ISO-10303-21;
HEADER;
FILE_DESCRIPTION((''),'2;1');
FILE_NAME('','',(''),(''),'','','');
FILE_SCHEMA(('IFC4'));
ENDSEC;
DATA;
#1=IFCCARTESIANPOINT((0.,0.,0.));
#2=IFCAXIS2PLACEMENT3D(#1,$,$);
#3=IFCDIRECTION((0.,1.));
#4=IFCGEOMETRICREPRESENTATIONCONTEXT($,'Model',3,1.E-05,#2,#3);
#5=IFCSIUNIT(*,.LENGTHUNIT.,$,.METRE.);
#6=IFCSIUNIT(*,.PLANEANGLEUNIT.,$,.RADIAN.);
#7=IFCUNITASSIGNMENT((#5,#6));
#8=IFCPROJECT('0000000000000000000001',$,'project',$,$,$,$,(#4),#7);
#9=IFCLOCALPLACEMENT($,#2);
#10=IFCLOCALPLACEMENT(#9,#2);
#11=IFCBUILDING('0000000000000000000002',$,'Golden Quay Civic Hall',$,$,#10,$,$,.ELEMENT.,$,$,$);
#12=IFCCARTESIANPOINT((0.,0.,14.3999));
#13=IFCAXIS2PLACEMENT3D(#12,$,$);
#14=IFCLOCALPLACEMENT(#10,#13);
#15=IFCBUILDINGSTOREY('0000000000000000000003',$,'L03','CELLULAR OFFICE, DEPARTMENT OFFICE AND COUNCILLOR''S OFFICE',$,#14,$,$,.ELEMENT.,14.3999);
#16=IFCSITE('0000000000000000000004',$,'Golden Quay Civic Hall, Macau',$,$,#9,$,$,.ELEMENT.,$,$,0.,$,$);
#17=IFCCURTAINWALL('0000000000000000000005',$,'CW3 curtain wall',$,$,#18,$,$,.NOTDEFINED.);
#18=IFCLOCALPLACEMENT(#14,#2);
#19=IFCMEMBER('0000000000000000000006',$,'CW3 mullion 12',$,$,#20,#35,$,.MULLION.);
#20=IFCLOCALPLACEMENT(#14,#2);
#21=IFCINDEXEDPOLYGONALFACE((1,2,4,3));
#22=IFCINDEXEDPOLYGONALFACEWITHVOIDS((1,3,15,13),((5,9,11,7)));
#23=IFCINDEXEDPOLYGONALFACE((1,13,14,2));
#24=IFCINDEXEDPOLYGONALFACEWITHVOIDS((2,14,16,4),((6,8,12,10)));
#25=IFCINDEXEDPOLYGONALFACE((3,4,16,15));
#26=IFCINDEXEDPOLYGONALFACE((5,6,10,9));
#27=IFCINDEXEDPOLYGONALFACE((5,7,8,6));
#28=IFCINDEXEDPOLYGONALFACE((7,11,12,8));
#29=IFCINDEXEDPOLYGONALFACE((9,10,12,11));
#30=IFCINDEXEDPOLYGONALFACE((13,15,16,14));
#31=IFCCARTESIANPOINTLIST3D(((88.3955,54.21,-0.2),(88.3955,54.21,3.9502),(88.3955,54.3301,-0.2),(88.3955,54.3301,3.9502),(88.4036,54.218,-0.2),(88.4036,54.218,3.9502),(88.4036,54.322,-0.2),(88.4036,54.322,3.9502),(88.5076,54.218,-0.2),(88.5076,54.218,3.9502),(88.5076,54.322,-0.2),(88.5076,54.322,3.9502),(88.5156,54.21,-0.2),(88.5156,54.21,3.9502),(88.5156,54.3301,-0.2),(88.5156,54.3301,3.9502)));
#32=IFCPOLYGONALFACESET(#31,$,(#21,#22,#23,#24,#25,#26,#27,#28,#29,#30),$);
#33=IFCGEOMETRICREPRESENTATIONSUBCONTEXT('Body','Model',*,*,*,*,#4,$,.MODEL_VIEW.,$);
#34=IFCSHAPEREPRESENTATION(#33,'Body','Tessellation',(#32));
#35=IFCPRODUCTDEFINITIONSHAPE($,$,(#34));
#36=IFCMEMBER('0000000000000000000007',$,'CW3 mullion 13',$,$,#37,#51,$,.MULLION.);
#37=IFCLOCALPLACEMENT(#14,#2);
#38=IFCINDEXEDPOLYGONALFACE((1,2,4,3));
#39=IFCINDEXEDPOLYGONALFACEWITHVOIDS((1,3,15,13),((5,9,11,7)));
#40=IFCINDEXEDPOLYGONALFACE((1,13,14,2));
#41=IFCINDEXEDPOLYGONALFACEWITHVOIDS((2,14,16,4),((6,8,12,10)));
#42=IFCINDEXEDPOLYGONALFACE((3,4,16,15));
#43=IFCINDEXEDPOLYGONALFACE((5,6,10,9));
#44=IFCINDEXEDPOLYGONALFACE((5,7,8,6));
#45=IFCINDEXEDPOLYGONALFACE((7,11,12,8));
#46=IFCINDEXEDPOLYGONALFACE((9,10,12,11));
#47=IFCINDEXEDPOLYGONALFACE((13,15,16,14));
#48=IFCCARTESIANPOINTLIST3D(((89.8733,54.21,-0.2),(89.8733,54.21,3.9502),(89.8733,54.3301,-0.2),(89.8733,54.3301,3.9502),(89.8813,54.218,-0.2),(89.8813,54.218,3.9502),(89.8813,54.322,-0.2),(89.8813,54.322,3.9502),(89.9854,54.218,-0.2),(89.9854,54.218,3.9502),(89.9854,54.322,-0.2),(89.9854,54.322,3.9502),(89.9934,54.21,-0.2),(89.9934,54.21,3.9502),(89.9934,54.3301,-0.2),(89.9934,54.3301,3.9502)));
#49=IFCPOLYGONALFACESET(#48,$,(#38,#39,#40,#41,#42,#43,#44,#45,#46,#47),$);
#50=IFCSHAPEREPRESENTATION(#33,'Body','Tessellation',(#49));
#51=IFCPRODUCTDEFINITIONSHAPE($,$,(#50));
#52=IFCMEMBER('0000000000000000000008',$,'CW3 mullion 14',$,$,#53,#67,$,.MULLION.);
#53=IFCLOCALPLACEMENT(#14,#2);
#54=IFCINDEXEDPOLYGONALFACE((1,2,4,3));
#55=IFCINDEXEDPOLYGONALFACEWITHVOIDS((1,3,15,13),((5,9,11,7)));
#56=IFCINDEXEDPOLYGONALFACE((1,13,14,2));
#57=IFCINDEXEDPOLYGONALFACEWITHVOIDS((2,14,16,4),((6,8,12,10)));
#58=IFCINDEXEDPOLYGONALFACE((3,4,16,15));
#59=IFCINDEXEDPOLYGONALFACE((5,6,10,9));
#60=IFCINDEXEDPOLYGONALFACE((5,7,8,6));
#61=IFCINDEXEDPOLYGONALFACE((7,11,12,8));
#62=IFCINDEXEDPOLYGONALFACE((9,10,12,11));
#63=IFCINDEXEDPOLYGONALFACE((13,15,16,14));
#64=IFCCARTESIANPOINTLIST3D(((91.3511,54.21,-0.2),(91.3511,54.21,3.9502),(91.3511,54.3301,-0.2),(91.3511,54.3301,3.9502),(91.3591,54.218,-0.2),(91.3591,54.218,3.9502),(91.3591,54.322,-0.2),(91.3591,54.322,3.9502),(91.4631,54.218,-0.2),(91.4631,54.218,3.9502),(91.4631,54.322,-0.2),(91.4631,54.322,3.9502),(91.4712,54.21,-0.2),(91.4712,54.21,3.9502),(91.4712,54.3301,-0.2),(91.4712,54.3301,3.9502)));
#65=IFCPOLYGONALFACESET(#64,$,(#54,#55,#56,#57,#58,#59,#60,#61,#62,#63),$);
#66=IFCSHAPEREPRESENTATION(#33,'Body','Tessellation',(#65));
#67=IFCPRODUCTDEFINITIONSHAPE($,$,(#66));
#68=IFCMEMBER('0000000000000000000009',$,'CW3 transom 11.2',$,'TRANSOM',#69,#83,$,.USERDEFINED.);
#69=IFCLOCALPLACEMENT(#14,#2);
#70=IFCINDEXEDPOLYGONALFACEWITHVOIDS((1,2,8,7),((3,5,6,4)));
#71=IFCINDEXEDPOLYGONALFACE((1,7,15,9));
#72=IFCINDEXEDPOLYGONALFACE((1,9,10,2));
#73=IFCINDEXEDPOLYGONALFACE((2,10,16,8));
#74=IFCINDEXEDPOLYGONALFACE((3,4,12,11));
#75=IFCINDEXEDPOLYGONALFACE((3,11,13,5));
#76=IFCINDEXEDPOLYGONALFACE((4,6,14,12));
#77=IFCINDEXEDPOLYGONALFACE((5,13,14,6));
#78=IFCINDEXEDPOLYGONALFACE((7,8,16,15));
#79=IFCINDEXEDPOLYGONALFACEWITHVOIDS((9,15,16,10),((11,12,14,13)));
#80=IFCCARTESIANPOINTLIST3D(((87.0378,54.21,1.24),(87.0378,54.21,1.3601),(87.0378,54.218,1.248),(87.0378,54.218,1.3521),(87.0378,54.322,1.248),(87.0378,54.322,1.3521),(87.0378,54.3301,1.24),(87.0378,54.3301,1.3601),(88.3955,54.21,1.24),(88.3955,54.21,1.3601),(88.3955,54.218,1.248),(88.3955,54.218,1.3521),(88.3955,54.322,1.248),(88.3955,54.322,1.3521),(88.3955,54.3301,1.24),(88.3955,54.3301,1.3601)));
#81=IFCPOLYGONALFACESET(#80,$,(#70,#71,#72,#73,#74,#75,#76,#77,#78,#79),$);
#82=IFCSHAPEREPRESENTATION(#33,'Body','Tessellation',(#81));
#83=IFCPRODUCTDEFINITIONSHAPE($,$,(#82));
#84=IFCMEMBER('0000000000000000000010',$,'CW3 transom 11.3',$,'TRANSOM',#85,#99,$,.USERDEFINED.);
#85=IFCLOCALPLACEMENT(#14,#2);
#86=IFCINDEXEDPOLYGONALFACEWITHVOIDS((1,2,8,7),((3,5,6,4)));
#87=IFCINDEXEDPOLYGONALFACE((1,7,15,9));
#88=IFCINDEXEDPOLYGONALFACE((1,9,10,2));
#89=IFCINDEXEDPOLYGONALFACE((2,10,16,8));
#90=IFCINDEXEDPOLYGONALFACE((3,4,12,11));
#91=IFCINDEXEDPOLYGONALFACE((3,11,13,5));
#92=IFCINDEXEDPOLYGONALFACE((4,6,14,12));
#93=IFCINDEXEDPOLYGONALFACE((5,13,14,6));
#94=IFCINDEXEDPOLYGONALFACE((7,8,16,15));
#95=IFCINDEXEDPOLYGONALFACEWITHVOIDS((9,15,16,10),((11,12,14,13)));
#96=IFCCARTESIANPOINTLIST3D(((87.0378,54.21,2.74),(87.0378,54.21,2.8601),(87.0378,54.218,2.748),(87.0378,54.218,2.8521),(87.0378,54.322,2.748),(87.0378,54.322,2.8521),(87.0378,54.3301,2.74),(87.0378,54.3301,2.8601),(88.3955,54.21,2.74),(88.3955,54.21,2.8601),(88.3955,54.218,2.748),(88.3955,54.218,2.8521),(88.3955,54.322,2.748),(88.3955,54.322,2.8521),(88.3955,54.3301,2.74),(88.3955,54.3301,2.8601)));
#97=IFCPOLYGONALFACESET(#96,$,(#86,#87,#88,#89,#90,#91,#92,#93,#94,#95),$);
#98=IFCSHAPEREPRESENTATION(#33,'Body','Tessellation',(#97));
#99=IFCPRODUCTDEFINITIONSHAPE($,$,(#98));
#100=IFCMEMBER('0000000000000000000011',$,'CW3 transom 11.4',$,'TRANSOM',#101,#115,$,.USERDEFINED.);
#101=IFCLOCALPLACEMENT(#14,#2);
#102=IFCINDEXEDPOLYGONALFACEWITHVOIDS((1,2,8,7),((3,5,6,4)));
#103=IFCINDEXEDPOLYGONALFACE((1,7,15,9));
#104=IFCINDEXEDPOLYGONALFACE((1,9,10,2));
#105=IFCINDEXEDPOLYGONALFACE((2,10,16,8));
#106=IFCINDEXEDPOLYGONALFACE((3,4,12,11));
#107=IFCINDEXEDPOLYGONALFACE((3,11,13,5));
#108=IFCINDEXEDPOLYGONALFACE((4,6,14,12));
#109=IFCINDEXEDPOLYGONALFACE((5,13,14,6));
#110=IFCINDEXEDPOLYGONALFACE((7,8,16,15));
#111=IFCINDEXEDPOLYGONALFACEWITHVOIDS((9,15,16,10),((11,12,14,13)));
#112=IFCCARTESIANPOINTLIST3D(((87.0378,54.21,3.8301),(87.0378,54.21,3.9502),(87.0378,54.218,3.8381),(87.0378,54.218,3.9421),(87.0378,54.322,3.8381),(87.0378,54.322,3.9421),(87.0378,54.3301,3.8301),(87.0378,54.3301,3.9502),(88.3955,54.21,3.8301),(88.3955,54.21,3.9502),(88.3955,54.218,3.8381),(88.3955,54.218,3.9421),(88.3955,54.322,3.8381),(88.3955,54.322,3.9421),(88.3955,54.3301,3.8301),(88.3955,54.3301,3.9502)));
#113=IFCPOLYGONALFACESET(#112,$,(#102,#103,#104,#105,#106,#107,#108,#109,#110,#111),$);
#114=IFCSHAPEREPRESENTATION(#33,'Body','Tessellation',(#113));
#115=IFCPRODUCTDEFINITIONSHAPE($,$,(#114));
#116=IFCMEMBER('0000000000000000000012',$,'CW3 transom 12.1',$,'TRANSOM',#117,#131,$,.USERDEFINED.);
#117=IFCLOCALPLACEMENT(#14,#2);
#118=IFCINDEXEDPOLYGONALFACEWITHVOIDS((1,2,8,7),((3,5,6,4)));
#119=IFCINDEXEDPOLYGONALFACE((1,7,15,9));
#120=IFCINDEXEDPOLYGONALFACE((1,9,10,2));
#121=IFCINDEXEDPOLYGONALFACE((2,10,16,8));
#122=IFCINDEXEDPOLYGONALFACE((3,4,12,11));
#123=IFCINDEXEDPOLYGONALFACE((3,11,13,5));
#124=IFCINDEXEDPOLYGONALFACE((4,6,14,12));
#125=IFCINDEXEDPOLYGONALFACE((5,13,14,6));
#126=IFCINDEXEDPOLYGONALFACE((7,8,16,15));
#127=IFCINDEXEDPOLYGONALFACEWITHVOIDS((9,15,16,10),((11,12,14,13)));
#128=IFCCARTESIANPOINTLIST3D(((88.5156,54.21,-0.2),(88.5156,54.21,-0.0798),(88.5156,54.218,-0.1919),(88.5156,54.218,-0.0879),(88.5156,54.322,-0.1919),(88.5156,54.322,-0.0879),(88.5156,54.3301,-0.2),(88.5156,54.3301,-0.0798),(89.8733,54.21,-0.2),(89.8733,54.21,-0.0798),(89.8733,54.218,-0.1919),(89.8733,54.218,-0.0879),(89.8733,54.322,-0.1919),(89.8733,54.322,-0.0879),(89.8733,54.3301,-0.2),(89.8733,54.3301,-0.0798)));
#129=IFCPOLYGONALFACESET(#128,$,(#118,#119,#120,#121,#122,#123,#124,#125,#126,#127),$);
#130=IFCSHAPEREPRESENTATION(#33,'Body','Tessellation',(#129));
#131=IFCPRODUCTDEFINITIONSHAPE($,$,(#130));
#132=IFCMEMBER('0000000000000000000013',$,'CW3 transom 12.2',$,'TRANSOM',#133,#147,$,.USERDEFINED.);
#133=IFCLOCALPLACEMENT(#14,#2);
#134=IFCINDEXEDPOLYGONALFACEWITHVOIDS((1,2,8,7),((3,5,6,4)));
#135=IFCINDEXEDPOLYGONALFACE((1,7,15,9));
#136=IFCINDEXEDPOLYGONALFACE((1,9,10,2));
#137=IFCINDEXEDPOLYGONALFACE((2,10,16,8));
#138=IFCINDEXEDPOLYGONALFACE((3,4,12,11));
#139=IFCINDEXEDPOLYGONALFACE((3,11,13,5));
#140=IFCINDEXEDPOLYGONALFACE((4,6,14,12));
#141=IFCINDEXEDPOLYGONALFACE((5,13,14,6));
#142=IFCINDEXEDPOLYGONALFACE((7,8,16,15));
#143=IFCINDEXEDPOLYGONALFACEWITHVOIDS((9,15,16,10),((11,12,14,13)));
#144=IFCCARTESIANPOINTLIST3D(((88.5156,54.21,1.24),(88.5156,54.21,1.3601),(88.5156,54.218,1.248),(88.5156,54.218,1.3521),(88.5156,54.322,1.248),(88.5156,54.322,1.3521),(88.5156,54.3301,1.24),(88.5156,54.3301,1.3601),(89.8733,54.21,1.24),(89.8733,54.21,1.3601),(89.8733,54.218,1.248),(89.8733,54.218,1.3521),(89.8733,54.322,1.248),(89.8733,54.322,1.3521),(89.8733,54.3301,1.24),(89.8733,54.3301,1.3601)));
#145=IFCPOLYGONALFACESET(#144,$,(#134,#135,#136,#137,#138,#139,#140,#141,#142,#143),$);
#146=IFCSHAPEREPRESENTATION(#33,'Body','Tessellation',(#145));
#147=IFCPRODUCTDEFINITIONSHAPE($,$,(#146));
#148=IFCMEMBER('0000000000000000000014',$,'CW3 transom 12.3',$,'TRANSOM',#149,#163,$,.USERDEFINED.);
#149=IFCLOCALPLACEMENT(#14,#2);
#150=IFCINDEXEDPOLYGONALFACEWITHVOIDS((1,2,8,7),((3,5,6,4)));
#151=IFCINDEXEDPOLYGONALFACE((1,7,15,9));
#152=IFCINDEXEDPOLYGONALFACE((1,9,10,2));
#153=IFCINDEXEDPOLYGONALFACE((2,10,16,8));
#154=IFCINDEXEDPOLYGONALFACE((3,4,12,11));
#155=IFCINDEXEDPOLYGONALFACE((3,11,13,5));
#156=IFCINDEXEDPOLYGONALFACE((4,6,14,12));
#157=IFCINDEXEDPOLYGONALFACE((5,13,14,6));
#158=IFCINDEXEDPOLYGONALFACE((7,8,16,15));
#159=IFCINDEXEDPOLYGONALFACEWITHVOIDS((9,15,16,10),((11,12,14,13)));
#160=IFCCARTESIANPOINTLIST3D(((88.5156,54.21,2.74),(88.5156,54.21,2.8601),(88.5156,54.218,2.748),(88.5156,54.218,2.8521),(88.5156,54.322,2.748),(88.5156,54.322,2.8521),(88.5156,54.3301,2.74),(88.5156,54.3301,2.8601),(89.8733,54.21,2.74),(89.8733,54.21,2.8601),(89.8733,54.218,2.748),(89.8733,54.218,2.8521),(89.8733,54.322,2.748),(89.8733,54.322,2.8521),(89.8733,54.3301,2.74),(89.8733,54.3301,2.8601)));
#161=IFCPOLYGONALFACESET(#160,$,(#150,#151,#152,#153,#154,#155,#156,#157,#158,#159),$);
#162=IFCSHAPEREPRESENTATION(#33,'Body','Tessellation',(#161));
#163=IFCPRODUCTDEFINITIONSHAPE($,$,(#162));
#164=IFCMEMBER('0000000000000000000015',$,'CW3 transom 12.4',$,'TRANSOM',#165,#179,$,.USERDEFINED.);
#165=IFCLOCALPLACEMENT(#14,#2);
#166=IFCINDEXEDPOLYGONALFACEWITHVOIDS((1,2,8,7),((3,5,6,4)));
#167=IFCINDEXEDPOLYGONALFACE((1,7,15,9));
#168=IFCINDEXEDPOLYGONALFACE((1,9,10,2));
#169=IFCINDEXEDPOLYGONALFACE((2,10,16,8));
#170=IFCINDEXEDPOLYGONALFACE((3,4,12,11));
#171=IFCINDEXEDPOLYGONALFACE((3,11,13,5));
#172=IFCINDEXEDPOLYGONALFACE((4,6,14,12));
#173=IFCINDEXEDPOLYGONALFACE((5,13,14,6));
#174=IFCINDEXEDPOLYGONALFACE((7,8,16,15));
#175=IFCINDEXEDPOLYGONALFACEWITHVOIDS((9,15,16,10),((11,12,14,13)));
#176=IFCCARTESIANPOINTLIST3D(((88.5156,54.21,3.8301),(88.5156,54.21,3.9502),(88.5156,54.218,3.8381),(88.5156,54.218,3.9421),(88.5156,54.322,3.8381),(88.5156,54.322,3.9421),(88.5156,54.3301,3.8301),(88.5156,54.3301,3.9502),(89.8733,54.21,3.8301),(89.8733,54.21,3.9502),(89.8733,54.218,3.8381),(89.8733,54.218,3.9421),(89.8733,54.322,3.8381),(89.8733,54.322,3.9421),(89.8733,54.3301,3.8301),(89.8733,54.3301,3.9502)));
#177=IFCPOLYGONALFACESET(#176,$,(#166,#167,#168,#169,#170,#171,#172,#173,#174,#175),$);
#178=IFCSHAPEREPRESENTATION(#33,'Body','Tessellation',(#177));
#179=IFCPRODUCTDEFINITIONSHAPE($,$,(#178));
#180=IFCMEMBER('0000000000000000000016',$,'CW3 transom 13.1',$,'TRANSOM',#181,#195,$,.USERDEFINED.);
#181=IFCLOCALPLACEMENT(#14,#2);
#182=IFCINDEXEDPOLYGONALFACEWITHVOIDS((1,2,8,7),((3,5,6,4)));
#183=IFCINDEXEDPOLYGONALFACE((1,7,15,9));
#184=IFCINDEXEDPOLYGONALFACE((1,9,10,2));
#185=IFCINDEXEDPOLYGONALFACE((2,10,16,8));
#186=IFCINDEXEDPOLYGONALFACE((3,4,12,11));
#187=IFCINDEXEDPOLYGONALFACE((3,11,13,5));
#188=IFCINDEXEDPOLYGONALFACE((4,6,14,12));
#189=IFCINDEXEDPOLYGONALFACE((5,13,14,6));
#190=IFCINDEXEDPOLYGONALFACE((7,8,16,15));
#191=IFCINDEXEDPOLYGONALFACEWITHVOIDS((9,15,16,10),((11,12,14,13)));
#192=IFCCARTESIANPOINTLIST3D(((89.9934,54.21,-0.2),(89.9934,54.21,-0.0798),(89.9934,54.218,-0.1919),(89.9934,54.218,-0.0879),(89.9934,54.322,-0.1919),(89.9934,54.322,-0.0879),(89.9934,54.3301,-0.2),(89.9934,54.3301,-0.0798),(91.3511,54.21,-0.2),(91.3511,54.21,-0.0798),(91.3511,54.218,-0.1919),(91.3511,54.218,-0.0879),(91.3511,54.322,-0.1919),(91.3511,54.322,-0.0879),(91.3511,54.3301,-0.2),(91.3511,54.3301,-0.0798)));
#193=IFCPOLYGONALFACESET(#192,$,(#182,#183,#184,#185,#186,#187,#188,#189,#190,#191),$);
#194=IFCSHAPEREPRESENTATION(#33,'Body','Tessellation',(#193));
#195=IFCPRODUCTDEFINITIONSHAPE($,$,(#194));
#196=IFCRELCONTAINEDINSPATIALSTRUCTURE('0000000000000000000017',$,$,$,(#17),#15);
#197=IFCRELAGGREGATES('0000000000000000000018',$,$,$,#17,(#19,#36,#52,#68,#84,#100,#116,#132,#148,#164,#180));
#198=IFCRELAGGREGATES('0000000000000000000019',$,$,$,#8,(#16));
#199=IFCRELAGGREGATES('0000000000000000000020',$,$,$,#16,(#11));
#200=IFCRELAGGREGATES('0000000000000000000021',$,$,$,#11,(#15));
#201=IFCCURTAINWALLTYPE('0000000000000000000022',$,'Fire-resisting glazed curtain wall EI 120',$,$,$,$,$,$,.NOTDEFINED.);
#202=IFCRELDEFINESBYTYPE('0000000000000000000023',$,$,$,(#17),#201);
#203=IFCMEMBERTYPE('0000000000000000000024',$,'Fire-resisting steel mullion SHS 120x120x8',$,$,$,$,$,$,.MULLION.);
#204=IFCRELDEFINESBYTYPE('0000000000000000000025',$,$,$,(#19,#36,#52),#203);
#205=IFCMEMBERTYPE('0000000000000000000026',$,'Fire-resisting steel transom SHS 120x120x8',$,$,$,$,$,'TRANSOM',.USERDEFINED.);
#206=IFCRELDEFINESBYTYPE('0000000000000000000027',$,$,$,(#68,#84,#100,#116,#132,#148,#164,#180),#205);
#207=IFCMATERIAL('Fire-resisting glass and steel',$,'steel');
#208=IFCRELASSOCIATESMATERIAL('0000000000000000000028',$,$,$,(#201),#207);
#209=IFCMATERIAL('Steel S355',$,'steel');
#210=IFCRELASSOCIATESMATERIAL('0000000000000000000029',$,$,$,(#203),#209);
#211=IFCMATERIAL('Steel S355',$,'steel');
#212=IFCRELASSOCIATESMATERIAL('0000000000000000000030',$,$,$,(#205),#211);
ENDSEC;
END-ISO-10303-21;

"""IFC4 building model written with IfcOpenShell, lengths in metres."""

from ifc_helpers import new_model, si_unit, direction, frame, origin, origin_2d, place, context, subcontext, project, spatial, hollow_rectangle, extrude, material, material_profile, profile_set, type_object, element, aggregate, save


model = new_model("IFC4")

# Units and contexts
model_context = context("Model", 3, precision=1e-05, world=origin(), true_north=direction((0.0, 1.0)))
body_context = subcontext(model_context, "Body", "Model", "MODEL_VIEW")
ifc_project = project(units=[si_unit("LENGTHUNIT", "METRE"), si_unit("PLANEANGLEUNIT", "RADIAN")], contexts=[model_context])

# Site, building, storey
site_placement = place(None, origin())
site = spatial("IfcSite", under=ifc_project, at=site_placement, Name="Golden Quay Civic Hall, Macau", CompositionType="ELEMENT", RefElevation=0.0)
building_placement = place(site_placement, origin())
building = spatial("IfcBuilding", under=site, at=building_placement, Name="Golden Quay Civic Hall", CompositionType="ELEMENT")
storey_placement = place(building_placement, frame((0.0, 0.0, 14.3999)))
storey = spatial("IfcBuildingStorey", under=building, at=storey_placement, Name="L03", Description="CELLULAR OFFICE, DEPARTMENT OFFICE AND COUNCILLOR'S OFFICE", CompositionType="ELEMENT", Elevation=14.3999)

# Curtain wall, members
ifc_material_1 = material(Name="Fire-resisting glass and steel", Category="steel")
curtain_wall_type = type_object("IfcCurtainWallType", Name="Fire-resisting glazed curtain wall EI 120", PredefinedType="NOTDEFINED", material=ifc_material_1)
curtain_wall_placement = place(storey_placement, origin())
curtain_wall = element("IfcCurtainWall", 1, at=curtain_wall_placement, inside=storey, type_object=curtain_wall_type, Name="CW3 curtain wall", PredefinedType="NOTDEFINED")
ifc_material_2 = material(Name="Steel S355", Category="steel")
ifc_material_profile_1 = material_profile(ifc_material_2, hollow_rectangle(XDim=0.1201, YDim=0.1201, WallThickness=0.0081, at=origin_2d()), Name="SHS 120x120x8")
ifc_profile_set_1 = profile_set([ifc_material_profile_1], Name="Steel S355")
member_type_1 = type_object("IfcMemberType", Name="Fire-resisting steel mullion SHS 120x120x8", PredefinedType="MULLION", material=ifc_profile_set_1)
member_1_placement = place(storey_placement, frame((88.4556, 54.27, -0.2), z_axis=(0.0, 0.0, 1.0), x_axis=(0.0, 1.0, 0.0)))
member_1 = element("IfcMember", 2, at=member_1_placement, type_object=member_type_1, Name="CW3 mullion 12", PredefinedType="MULLION", context=body_context, shape_type="SweptSolid", body=[
    extrude(hollow_rectangle(XDim=0.1201, YDim=0.1201, WallThickness=0.0081, at=origin_2d()), origin(), (0.0, 0.0, 1.0), 4.1501),
])
member_2_placement = place(storey_placement, frame((89.9333, 54.27, -0.2), z_axis=(0.0, 0.0, 1.0), x_axis=(0.0, 1.0, 0.0)))
member_2 = element("IfcMember", 3, at=member_2_placement, type_object=member_type_1, Name="CW3 mullion 13", PredefinedType="MULLION", context=body_context, shape_type="SweptSolid", body=[
    extrude(hollow_rectangle(XDim=0.1201, YDim=0.1201, WallThickness=0.0081, at=origin_2d()), origin(), (0.0, 0.0, 1.0), 4.1501),
])
member_3_placement = place(storey_placement, frame((91.4111, 54.27, -0.2), z_axis=(0.0, 0.0, 1.0), x_axis=(0.0, 1.0, 0.0)))
member_3 = element("IfcMember", 4, at=member_3_placement, type_object=member_type_1, Name="CW3 mullion 14", PredefinedType="MULLION", context=body_context, shape_type="SweptSolid", body=[
    extrude(hollow_rectangle(XDim=0.1201, YDim=0.1201, WallThickness=0.0081, at=origin_2d()), origin(), (0.0, 0.0, 1.0), 4.1501),
])
ifc_material_3 = material(Name="Steel S355", Category="steel")
ifc_material_profile_2 = material_profile(ifc_material_3, hollow_rectangle(XDim=0.1201, YDim=0.1201, WallThickness=0.0081, at=origin_2d()), Name="SHS 120x120x8")
ifc_profile_set_2 = profile_set([ifc_material_profile_2], Name="Steel S355")
member_type_2 = type_object("IfcMemberType", Name="Fire-resisting steel transom SHS 120x120x8", ElementType="TRANSOM", PredefinedType="USERDEFINED", material=ifc_profile_set_2)
member_4_placement = place(storey_placement, frame((87.0378, 54.27, 1.3), z_axis=(1.0, 0.0, 0.0), x_axis=(0.0, 1.0, 0.0)))
member_4 = element("IfcMember", 5, at=member_4_placement, type_object=member_type_2, Name="CW3 transom 11.2", ObjectType="TRANSOM", PredefinedType="USERDEFINED", context=body_context, shape_type="SweptSolid", body=[
    extrude(hollow_rectangle(XDim=0.1201, YDim=0.1201, WallThickness=0.0081, at=origin_2d()), origin(), (0.0, 0.0, 1.0), 1.3577),
])
member_5_placement = place(storey_placement, frame((87.0378, 54.27, 2.8), z_axis=(1.0, 0.0, 0.0), x_axis=(0.0, 1.0, 0.0)))
member_5 = element("IfcMember", 6, at=member_5_placement, type_object=member_type_2, Name="CW3 transom 11.3", ObjectType="TRANSOM", PredefinedType="USERDEFINED", context=body_context, shape_type="SweptSolid", body=[
    extrude(hollow_rectangle(XDim=0.1201, YDim=0.1201, WallThickness=0.0081, at=origin_2d()), origin(), (0.0, 0.0, 1.0), 1.3577),
])
member_6_placement = place(storey_placement, frame((87.0378, 54.27, 3.8901), z_axis=(1.0, 0.0, 0.0), x_axis=(0.0, 1.0, 0.0)))
member_6 = element("IfcMember", 7, at=member_6_placement, type_object=member_type_2, Name="CW3 transom 11.4", ObjectType="TRANSOM", PredefinedType="USERDEFINED", context=body_context, shape_type="SweptSolid", body=[
    extrude(hollow_rectangle(XDim=0.1201, YDim=0.1201, WallThickness=0.0081, at=origin_2d()), origin(), (0.0, 0.0, 1.0), 1.3577),
])
member_7_placement = place(storey_placement, frame((88.5156, 54.27, -0.1399), z_axis=(1.0, 0.0, 0.0), x_axis=(0.0, 1.0, 0.0)))
member_7 = element("IfcMember", 8, at=member_7_placement, type_object=member_type_2, Name="CW3 transom 12.1", ObjectType="TRANSOM", PredefinedType="USERDEFINED", context=body_context, shape_type="SweptSolid", body=[
    extrude(hollow_rectangle(XDim=0.1201, YDim=0.1201, WallThickness=0.0081, at=origin_2d()), origin(), (0.0, 0.0, 1.0), 1.3577),
])
member_8_placement = place(storey_placement, frame((88.5156, 54.27, 1.3), z_axis=(1.0, 0.0, 0.0), x_axis=(0.0, 1.0, 0.0)))
member_8 = element("IfcMember", 9, at=member_8_placement, type_object=member_type_2, Name="CW3 transom 12.2", ObjectType="TRANSOM", PredefinedType="USERDEFINED", context=body_context, shape_type="SweptSolid", body=[
    extrude(hollow_rectangle(XDim=0.1201, YDim=0.1201, WallThickness=0.0081, at=origin_2d()), origin(), (0.0, 0.0, 1.0), 1.3577),
])
member_9_placement = place(storey_placement, frame((88.5156, 54.27, 2.8), z_axis=(1.0, 0.0, 0.0), x_axis=(0.0, 1.0, 0.0)))
member_9 = element("IfcMember", 10, at=member_9_placement, type_object=member_type_2, Name="CW3 transom 12.3", ObjectType="TRANSOM", PredefinedType="USERDEFINED", context=body_context, shape_type="SweptSolid", body=[
    extrude(hollow_rectangle(XDim=0.1201, YDim=0.1201, WallThickness=0.0081, at=origin_2d()), origin(), (0.0, 0.0, 1.0), 1.3577),
])
member_10_placement = place(storey_placement, frame((88.5156, 54.27, 3.8901), z_axis=(1.0, 0.0, 0.0), x_axis=(0.0, 1.0, 0.0)))
member_10 = element("IfcMember", 11, at=member_10_placement, type_object=member_type_2, Name="CW3 transom 12.4", ObjectType="TRANSOM", PredefinedType="USERDEFINED", context=body_context, shape_type="SweptSolid", body=[
    extrude(hollow_rectangle(XDim=0.1201, YDim=0.1201, WallThickness=0.0081, at=origin_2d()), origin(), (0.0, 0.0, 1.0), 1.3577),
])
member_11_placement = place(storey_placement, frame((89.9934, 54.27, -0.1399), z_axis=(1.0, 0.0, 0.0), x_axis=(0.0, 1.0, 0.0)))
member_11 = element("IfcMember", 12, at=member_11_placement, type_object=member_type_2, Name="CW3 transom 13.1", ObjectType="TRANSOM", PredefinedType="USERDEFINED", context=body_context, shape_type="SweptSolid", body=[
    extrude(hollow_rectangle(XDim=0.1201, YDim=0.1201, WallThickness=0.0081, at=origin_2d()), origin(), (0.0, 0.0, 1.0), 1.3577),
])
aggregate(curtain_wall, [member_1, member_2, member_3, member_4, member_5, member_6, member_7, member_8, member_9, member_10, member_11])

save(model, "model.ifc")
